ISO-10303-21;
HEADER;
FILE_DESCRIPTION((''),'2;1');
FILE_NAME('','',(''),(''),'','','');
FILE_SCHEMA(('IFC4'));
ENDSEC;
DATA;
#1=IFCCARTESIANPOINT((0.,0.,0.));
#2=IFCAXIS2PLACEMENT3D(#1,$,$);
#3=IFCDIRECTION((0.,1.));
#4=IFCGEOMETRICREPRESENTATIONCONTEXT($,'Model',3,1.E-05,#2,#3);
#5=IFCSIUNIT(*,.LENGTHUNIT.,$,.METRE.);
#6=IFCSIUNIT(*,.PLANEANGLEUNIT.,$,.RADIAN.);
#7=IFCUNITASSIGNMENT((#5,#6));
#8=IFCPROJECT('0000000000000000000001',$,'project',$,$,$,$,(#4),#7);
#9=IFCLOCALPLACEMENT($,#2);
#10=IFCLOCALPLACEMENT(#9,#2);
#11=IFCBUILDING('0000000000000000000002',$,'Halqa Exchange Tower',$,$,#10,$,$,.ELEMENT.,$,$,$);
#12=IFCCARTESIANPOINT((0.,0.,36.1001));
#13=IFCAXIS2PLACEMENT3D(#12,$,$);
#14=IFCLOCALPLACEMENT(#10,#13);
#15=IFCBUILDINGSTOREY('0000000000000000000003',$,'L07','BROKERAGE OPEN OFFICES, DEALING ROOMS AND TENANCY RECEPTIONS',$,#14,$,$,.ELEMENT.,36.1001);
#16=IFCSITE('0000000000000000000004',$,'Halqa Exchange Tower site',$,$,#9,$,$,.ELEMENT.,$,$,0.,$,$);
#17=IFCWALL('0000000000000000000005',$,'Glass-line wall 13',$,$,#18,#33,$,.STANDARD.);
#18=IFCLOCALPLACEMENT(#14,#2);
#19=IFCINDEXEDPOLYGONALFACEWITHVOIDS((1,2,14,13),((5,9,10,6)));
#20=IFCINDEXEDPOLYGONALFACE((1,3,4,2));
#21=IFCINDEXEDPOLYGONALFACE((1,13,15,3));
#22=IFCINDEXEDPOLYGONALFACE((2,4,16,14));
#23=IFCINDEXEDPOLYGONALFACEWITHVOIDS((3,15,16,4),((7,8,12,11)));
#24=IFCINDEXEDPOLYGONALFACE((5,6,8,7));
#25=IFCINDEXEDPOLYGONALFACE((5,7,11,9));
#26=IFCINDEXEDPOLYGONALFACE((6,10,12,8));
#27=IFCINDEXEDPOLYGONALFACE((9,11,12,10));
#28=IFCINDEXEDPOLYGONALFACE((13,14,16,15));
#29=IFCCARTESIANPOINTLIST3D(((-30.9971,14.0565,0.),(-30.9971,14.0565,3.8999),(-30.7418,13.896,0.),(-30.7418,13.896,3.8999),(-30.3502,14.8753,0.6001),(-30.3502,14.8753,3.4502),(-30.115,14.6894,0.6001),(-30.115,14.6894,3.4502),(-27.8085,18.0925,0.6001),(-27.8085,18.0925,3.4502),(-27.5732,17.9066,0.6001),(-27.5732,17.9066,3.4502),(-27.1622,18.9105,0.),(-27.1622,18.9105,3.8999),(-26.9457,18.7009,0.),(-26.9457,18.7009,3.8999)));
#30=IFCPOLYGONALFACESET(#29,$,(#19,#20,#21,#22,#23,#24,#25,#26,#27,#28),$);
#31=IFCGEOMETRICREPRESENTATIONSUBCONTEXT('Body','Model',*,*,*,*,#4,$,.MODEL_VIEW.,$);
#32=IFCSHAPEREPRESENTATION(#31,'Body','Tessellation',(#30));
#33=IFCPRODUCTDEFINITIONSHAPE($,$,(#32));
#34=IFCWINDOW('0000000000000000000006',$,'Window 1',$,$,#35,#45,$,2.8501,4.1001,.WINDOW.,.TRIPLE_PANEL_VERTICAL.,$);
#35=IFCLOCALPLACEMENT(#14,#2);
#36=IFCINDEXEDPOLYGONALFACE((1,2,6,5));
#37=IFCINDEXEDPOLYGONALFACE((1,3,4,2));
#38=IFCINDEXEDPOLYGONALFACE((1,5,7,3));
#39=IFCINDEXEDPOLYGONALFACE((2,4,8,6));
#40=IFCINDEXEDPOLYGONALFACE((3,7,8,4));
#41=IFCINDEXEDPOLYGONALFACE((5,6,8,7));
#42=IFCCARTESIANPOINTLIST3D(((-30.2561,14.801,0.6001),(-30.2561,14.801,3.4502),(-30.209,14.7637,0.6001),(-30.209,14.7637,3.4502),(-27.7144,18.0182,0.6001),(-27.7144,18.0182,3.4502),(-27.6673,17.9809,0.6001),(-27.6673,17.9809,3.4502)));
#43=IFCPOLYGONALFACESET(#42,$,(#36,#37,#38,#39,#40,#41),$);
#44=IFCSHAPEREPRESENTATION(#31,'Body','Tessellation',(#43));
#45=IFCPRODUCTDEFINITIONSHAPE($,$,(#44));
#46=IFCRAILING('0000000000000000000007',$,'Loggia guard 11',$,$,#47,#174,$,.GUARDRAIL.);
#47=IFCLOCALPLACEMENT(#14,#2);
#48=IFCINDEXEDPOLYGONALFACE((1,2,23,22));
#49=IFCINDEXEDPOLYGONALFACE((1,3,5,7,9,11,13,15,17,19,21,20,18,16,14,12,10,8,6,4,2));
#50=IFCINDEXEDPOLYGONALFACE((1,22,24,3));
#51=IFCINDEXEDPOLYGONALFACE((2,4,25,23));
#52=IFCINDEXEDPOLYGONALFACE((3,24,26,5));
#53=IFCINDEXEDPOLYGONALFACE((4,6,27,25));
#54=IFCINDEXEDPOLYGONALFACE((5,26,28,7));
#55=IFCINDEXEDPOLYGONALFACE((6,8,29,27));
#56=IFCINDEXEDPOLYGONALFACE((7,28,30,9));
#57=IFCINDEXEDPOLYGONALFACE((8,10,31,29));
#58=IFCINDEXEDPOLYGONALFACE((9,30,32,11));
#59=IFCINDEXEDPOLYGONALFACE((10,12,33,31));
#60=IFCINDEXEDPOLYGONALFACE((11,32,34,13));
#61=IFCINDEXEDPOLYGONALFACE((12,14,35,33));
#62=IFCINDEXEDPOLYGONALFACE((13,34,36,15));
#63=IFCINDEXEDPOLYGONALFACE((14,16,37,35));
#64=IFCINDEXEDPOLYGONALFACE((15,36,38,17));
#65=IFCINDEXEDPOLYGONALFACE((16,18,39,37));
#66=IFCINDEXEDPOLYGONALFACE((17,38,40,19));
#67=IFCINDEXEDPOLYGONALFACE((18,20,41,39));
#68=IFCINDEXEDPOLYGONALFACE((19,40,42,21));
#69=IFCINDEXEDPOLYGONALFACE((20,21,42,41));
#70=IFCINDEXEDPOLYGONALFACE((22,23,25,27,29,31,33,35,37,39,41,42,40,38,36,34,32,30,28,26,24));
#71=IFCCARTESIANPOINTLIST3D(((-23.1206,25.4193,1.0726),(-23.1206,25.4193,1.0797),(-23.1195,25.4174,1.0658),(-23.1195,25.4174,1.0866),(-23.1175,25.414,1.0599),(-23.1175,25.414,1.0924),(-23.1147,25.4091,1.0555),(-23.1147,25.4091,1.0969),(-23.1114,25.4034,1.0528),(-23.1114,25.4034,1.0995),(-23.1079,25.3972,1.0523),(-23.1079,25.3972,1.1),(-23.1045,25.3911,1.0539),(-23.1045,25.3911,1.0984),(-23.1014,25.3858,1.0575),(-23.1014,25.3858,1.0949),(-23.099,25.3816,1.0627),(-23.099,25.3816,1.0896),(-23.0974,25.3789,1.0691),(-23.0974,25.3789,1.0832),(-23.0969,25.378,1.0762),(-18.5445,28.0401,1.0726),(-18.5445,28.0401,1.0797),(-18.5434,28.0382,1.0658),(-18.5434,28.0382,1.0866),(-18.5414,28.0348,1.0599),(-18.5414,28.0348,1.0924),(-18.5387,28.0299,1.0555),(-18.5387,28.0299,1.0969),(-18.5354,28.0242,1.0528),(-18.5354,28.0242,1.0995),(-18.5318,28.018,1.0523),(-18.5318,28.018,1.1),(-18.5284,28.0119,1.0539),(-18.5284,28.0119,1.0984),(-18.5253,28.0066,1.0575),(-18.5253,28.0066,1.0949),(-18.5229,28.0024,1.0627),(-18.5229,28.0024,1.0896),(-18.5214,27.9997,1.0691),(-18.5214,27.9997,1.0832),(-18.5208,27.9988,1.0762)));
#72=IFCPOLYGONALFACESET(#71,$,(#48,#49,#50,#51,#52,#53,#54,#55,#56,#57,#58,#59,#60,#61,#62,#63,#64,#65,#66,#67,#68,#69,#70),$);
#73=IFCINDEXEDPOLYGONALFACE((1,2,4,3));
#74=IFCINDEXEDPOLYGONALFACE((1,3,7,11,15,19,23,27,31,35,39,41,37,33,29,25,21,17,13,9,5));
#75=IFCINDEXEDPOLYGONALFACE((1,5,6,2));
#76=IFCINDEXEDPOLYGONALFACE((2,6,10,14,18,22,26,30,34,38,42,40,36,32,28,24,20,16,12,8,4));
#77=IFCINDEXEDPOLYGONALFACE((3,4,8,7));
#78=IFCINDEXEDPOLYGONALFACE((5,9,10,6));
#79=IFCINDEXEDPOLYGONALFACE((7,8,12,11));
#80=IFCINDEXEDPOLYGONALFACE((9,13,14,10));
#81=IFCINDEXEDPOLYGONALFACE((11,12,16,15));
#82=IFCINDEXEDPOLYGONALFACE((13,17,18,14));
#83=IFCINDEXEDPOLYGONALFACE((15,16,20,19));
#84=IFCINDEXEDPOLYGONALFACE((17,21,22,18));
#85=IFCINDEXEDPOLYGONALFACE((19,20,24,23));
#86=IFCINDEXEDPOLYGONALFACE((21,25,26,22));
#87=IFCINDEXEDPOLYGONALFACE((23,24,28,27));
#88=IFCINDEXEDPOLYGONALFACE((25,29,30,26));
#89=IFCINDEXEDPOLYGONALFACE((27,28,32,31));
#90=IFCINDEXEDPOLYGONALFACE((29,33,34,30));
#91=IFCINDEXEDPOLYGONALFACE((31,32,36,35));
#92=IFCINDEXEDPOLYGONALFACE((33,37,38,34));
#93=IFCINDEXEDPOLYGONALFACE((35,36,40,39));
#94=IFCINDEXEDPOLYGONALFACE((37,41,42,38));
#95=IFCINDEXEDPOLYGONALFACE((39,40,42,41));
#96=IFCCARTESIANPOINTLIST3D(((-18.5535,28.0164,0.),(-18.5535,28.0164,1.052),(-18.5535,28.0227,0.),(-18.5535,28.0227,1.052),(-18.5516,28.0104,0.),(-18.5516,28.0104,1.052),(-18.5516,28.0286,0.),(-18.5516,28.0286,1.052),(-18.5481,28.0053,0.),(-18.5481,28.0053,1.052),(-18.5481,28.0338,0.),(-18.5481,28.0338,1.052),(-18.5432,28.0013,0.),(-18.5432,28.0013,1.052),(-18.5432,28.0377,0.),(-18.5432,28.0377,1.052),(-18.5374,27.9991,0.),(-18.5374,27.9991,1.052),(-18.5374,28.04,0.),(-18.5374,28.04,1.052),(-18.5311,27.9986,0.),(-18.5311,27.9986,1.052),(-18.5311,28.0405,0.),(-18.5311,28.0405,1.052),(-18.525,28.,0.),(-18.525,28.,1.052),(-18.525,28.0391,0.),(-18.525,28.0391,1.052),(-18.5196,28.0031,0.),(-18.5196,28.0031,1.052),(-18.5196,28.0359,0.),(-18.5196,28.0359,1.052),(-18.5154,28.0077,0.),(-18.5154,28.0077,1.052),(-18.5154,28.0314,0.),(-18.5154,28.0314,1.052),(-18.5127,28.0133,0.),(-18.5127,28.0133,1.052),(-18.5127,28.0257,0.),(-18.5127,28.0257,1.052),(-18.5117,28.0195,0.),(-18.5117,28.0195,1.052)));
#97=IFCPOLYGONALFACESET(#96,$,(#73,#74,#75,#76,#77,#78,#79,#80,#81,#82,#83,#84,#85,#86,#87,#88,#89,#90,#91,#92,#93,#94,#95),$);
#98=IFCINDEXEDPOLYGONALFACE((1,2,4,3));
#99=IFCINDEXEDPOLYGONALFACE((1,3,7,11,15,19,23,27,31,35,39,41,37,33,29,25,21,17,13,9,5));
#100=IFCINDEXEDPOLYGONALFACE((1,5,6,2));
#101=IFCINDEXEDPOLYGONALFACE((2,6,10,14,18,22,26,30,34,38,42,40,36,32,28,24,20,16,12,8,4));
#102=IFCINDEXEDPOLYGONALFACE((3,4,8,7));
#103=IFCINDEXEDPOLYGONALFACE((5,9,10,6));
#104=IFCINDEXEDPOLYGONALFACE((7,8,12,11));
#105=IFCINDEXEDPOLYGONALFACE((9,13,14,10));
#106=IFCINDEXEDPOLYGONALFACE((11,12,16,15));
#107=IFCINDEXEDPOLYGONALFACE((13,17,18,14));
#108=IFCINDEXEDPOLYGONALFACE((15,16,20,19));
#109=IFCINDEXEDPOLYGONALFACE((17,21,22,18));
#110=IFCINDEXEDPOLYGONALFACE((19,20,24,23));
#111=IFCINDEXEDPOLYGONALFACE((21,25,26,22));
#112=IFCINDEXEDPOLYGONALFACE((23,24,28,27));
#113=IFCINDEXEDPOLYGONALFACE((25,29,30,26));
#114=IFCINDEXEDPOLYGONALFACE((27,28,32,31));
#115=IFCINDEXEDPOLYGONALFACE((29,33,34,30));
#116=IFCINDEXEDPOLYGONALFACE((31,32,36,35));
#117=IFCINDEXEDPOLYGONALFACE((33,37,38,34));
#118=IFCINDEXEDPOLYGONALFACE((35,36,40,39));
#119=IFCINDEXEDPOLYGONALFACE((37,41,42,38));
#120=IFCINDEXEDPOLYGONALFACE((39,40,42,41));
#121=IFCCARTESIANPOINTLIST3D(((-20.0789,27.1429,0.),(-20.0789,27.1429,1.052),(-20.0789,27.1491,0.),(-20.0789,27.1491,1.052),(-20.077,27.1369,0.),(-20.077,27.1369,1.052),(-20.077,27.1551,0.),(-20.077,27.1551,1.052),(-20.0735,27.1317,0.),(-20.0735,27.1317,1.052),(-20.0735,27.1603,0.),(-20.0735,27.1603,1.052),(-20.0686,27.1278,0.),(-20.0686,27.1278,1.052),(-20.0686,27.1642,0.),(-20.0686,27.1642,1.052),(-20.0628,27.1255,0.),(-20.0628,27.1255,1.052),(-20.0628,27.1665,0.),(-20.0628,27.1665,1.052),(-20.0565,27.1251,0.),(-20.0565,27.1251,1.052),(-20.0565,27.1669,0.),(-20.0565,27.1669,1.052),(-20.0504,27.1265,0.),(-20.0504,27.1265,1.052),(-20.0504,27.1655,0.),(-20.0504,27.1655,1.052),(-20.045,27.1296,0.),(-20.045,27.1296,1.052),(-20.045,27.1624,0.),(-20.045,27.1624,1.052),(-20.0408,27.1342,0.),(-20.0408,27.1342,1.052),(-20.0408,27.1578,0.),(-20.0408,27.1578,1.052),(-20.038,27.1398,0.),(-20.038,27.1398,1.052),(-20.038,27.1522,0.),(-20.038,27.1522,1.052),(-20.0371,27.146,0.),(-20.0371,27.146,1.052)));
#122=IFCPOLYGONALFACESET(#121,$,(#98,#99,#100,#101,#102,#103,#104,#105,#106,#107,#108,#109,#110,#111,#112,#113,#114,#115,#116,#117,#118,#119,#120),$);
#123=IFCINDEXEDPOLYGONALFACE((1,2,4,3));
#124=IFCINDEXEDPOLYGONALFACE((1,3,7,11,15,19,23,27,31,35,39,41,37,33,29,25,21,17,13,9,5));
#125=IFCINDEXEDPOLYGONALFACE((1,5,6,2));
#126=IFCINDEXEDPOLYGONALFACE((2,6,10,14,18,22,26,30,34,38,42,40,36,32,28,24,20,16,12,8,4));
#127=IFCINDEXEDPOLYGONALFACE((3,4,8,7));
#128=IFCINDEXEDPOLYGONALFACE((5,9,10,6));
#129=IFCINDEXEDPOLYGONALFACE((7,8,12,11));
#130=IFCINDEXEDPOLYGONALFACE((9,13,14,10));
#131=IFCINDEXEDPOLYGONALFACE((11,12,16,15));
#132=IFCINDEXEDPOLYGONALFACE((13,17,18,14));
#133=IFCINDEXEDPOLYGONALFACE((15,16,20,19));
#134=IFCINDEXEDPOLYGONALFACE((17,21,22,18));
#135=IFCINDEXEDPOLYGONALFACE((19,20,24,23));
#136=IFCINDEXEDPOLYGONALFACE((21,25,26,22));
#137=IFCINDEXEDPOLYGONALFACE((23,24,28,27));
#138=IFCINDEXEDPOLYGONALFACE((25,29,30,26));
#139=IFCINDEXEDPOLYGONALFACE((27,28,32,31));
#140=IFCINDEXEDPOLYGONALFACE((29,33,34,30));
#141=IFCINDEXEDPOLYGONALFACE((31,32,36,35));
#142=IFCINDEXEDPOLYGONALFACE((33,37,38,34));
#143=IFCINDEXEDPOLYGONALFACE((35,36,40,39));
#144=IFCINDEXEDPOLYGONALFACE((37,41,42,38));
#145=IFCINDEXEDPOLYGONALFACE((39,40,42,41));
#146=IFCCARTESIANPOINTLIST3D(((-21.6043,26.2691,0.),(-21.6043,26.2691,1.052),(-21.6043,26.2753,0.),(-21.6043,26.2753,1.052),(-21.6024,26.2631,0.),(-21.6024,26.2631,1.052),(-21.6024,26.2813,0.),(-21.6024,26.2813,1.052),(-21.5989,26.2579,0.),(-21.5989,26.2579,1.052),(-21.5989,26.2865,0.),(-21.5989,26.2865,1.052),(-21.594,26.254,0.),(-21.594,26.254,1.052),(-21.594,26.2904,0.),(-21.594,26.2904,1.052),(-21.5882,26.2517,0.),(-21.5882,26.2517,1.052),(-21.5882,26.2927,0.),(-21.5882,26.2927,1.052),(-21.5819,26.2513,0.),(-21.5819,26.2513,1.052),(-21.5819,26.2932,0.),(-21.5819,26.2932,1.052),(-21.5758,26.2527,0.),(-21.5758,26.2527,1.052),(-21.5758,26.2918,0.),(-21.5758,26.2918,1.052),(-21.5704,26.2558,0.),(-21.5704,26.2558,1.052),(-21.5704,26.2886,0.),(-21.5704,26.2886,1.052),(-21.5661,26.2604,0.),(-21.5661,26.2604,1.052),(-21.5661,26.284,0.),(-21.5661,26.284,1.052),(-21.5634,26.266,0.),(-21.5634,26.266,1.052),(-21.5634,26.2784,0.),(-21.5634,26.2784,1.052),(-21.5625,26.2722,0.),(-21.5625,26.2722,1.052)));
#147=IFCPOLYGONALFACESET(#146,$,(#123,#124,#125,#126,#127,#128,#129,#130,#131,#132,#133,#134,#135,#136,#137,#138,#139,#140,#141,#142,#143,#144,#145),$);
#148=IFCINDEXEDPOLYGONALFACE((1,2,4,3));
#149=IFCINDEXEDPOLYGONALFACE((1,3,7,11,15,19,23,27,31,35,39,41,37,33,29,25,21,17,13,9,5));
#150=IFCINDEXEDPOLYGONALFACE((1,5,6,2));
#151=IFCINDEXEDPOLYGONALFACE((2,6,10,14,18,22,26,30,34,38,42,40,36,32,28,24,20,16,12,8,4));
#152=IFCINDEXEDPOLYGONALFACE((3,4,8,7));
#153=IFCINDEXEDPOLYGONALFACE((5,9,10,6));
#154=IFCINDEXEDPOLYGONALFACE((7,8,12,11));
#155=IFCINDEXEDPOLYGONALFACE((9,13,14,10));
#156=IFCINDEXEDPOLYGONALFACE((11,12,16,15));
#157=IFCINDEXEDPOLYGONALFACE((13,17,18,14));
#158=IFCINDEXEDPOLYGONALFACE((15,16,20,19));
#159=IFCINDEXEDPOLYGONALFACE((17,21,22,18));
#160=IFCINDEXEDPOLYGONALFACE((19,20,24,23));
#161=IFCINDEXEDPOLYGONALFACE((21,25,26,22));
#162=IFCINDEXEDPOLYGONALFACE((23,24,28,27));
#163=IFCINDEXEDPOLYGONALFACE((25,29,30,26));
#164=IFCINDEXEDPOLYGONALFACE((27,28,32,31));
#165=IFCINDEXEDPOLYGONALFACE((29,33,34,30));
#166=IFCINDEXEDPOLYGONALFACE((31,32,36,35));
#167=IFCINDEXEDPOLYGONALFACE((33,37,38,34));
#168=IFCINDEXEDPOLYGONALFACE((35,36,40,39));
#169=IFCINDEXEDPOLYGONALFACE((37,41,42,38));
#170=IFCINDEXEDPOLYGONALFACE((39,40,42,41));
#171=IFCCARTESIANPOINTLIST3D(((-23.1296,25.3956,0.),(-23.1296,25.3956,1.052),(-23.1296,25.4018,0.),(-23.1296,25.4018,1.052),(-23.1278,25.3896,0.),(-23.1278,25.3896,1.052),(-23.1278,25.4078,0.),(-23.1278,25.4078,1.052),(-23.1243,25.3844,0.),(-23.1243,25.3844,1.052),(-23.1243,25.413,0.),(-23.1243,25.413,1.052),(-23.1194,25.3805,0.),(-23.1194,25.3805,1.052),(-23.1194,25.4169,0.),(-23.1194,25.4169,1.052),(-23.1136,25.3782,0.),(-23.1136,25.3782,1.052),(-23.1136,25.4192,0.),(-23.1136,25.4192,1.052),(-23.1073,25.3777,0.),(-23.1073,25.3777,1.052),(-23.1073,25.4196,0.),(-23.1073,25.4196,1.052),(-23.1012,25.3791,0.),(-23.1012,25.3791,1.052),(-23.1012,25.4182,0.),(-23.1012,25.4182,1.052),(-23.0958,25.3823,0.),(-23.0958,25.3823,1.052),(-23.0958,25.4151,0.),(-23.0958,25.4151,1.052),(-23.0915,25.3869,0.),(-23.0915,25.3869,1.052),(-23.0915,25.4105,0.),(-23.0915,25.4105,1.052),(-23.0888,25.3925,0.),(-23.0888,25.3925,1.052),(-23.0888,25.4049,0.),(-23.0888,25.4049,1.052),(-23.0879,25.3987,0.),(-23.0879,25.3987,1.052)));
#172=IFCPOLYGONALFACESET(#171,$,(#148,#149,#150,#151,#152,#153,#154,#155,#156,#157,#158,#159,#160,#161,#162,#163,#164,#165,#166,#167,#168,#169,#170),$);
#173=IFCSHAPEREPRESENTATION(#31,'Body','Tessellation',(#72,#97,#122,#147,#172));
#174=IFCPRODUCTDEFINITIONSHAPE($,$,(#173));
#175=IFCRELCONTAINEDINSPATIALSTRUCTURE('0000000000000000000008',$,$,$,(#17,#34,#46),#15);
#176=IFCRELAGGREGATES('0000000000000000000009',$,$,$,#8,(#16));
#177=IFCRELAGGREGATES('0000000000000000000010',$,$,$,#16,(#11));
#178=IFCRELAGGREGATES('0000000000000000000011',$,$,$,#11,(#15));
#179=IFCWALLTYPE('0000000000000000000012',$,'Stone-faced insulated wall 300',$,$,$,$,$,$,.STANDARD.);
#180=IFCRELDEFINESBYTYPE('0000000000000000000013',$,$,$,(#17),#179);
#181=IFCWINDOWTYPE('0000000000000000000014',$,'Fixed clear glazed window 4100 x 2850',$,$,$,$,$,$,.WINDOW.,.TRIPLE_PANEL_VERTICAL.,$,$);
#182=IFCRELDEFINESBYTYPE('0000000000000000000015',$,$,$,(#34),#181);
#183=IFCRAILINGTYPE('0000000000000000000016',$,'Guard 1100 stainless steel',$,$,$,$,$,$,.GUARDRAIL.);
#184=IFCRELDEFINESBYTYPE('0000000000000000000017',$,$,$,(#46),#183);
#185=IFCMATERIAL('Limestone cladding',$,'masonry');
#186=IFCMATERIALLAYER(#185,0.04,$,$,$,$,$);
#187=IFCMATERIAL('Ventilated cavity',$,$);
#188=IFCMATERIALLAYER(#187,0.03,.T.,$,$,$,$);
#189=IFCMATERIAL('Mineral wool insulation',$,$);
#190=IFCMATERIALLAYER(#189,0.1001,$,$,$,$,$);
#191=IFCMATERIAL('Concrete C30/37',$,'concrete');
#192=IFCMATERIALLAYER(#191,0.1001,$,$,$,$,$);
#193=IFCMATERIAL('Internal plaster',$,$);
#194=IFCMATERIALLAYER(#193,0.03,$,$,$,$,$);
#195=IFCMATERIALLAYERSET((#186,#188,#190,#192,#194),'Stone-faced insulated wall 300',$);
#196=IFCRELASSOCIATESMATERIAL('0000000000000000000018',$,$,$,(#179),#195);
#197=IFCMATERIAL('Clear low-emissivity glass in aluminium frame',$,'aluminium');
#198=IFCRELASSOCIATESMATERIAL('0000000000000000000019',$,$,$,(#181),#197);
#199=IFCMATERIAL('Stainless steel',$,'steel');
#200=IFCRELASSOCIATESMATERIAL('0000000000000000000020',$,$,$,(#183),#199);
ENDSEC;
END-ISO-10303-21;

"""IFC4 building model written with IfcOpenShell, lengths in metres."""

from ifc_helpers import new_model, si_unit, direction, frame, frame_2d, origin, origin_2d, place, context, subcontext, project, spatial, polyline, rectangle, circle, outline, extrude, material, layer, layer_set, type_object, element, fill, save


model = new_model("IFC4")

# Units and contexts
model_context = context("Model", 3, precision=1e-05, world=origin(), true_north=direction((0.0, 1.0)))
body_context = subcontext(model_context, "Body", "Model", "MODEL_VIEW")
ifc_project = project(units=[si_unit("LENGTHUNIT", "METRE"), si_unit("PLANEANGLEUNIT", "RADIAN")], contexts=[model_context])

# Site, building, storey
site_placement = place(None, origin())
site = spatial("IfcSite", under=ifc_project, at=site_placement, Name="Halqa Exchange Tower site", CompositionType="ELEMENT", RefElevation=0.0)
building_placement = place(site_placement, origin())
building = spatial("IfcBuilding", under=site, at=building_placement, Name="Halqa Exchange Tower", CompositionType="ELEMENT")
storey_placement = place(building_placement, frame((0.0, 0.0, 36.1001)))
storey = spatial("IfcBuildingStorey", under=building, at=storey_placement, Name="L07", Description="BROKERAGE OPEN OFFICES, DEALING ROOMS AND TENANCY RECEPTIONS", CompositionType="ELEMENT", Elevation=36.1001)

# Shared definitions
ifc_material_1 = material(Name="Limestone cladding", Category="masonry")
ifc_layer_1 = layer(ifc_material_1, 0.04)
ifc_material_2 = material(Name="Ventilated cavity")
ifc_layer_2 = layer(ifc_material_2, 0.03, ventilated=True)
ifc_material_3 = material(Name="Mineral wool insulation")
ifc_layer_3 = layer(ifc_material_3, 0.1001)
ifc_material_4 = material(Name="Concrete C30/37", Category="concrete")
ifc_layer_4 = layer(ifc_material_4, 0.1001)
ifc_material_5 = material(Name="Internal plaster")
ifc_layer_5 = layer(ifc_material_5, 0.03)
ifc_layer_set_1 = layer_set([ifc_layer_1, ifc_layer_2, ifc_layer_3, ifc_layer_4, ifc_layer_5], Name="Stone-faced insulated wall 300")
wall_type_1 = type_object("IfcWallType", Name="Stone-faced insulated wall 300", PredefinedType="STANDARD", material=ifc_layer_set_1)
ifc_material_6 = material(Name="Clear low-emissivity glass in aluminium frame", Category="aluminium")
window_type = type_object("IfcWindowType", Name="Fixed clear glazed window 4100 x 2850", PartitioningType="TRIPLE_PANEL_VERTICAL", PredefinedType="WINDOW", material=ifc_material_6)

# Wall, opening, window
wall_1_placement = place(storey_placement, frame((-27.054, 18.8057, 0.0), z_axis=(0.0, 0.0, 1.0), x_axis=(-0.619923, -0.784662, 0.0)))
wall_1 = element("IfcWall", 1, at=wall_1_placement, inside=storey, type_object=wall_type_1, Name="Glass-line wall 13", PredefinedType="STANDARD", context=body_context, shape_type="SweptSolid", body=[
    extrude(outline(polyline([(-0.0151, -0.1499), (6.1709, -0.1499), (6.1387, 0.1499), (0.0151, 0.1499), (-0.0151, -0.1499)])), origin(), (0.0, 0.0, 1.0), 3.8999),
])
opening_1_placement = place(wall_1_placement, frame((1.0273, 0.0, 0.6001)))
opening_1 = element("IfcOpeningElement", 2, at=opening_1_placement, cuts=wall_1, PredefinedType="OPENING", context=body_context, shape_type="SweptSolid", body=[
    extrude(rectangle(XDim=4.1001, YDim=2.8501, at=frame_2d((2.05, 1.425))), frame((0.0, 0.1621, 0.0), z_axis=(0.0, -1.0, 0.0), x_axis=(1.0, 0.0, 0.0)), (0.0, 0.0, 1.0), 0.324),
])
window_1_placement = place(opening_1_placement, origin())
window_1 = element("IfcWindow", 3, at=window_1_placement, inside=storey, type_object=window_type, Name="Window 1", OverallHeight=2.8501, OverallWidth=4.1001, PartitioningType="TRIPLE_PANEL_VERTICAL", PredefinedType="WINDOW", context=body_context, shape_type="SweptSolid", body=[
    extrude(rectangle(XDim=4.1001, YDim=2.8501, at=frame_2d((2.05, 1.425))), frame((0.0, 0.03, 0.0), z_axis=(0.0, -1.0, 0.0), x_axis=(1.0, 0.0, 0.0)), (0.0, 0.0, 1.0), 0.0601),
])
fill(opening_1, window_1)

# Railing
ifc_material_7 = material(Name="Stainless steel", Category="steel")
railing_type = type_object("IfcRailingType", Name="Guard 1100 stainless steel", PredefinedType="GUARDRAIL", material=ifc_material_7)
railing_1_placement = place(storey_placement, frame((-18.5327, 28.0195, 0.0)))
element("IfcRailing", 4, at=railing_1_placement, inside=storey, type_object=railing_type, Name="Loggia guard 11", PredefinedType="GUARDRAIL", context=body_context, shape_type="SweptSolid", body=[
    extrude(circle(Radius=0.0239, at=origin_2d()), frame((0.0, 0.0, 1.0762), z_axis=(-0.867761, -0.496981, 0.0), x_axis=(0.496981, -0.867761, 0.0)), (0.0, 0.0, 1.0), 5.2734),
    extrude(circle(Radius=0.021, at=origin_2d()), origin(), (0.0, 0.0, 1.0), 1.052),
    extrude(circle(Radius=0.021, at=origin_2d()), frame((-1.5254, -0.8735, 0.0)), (0.0, 0.0, 1.0), 1.052),
    extrude(circle(Radius=0.021, at=origin_2d()), frame((-3.0508, -1.7473, 0.0)), (0.0, 0.0, 1.0), 1.052),
    extrude(circle(Radius=0.021, at=origin_2d()), frame((-4.5762, -2.6208, 0.0)), (0.0, 0.0, 1.0), 1.052),
])

save(model, "model.ifc")
